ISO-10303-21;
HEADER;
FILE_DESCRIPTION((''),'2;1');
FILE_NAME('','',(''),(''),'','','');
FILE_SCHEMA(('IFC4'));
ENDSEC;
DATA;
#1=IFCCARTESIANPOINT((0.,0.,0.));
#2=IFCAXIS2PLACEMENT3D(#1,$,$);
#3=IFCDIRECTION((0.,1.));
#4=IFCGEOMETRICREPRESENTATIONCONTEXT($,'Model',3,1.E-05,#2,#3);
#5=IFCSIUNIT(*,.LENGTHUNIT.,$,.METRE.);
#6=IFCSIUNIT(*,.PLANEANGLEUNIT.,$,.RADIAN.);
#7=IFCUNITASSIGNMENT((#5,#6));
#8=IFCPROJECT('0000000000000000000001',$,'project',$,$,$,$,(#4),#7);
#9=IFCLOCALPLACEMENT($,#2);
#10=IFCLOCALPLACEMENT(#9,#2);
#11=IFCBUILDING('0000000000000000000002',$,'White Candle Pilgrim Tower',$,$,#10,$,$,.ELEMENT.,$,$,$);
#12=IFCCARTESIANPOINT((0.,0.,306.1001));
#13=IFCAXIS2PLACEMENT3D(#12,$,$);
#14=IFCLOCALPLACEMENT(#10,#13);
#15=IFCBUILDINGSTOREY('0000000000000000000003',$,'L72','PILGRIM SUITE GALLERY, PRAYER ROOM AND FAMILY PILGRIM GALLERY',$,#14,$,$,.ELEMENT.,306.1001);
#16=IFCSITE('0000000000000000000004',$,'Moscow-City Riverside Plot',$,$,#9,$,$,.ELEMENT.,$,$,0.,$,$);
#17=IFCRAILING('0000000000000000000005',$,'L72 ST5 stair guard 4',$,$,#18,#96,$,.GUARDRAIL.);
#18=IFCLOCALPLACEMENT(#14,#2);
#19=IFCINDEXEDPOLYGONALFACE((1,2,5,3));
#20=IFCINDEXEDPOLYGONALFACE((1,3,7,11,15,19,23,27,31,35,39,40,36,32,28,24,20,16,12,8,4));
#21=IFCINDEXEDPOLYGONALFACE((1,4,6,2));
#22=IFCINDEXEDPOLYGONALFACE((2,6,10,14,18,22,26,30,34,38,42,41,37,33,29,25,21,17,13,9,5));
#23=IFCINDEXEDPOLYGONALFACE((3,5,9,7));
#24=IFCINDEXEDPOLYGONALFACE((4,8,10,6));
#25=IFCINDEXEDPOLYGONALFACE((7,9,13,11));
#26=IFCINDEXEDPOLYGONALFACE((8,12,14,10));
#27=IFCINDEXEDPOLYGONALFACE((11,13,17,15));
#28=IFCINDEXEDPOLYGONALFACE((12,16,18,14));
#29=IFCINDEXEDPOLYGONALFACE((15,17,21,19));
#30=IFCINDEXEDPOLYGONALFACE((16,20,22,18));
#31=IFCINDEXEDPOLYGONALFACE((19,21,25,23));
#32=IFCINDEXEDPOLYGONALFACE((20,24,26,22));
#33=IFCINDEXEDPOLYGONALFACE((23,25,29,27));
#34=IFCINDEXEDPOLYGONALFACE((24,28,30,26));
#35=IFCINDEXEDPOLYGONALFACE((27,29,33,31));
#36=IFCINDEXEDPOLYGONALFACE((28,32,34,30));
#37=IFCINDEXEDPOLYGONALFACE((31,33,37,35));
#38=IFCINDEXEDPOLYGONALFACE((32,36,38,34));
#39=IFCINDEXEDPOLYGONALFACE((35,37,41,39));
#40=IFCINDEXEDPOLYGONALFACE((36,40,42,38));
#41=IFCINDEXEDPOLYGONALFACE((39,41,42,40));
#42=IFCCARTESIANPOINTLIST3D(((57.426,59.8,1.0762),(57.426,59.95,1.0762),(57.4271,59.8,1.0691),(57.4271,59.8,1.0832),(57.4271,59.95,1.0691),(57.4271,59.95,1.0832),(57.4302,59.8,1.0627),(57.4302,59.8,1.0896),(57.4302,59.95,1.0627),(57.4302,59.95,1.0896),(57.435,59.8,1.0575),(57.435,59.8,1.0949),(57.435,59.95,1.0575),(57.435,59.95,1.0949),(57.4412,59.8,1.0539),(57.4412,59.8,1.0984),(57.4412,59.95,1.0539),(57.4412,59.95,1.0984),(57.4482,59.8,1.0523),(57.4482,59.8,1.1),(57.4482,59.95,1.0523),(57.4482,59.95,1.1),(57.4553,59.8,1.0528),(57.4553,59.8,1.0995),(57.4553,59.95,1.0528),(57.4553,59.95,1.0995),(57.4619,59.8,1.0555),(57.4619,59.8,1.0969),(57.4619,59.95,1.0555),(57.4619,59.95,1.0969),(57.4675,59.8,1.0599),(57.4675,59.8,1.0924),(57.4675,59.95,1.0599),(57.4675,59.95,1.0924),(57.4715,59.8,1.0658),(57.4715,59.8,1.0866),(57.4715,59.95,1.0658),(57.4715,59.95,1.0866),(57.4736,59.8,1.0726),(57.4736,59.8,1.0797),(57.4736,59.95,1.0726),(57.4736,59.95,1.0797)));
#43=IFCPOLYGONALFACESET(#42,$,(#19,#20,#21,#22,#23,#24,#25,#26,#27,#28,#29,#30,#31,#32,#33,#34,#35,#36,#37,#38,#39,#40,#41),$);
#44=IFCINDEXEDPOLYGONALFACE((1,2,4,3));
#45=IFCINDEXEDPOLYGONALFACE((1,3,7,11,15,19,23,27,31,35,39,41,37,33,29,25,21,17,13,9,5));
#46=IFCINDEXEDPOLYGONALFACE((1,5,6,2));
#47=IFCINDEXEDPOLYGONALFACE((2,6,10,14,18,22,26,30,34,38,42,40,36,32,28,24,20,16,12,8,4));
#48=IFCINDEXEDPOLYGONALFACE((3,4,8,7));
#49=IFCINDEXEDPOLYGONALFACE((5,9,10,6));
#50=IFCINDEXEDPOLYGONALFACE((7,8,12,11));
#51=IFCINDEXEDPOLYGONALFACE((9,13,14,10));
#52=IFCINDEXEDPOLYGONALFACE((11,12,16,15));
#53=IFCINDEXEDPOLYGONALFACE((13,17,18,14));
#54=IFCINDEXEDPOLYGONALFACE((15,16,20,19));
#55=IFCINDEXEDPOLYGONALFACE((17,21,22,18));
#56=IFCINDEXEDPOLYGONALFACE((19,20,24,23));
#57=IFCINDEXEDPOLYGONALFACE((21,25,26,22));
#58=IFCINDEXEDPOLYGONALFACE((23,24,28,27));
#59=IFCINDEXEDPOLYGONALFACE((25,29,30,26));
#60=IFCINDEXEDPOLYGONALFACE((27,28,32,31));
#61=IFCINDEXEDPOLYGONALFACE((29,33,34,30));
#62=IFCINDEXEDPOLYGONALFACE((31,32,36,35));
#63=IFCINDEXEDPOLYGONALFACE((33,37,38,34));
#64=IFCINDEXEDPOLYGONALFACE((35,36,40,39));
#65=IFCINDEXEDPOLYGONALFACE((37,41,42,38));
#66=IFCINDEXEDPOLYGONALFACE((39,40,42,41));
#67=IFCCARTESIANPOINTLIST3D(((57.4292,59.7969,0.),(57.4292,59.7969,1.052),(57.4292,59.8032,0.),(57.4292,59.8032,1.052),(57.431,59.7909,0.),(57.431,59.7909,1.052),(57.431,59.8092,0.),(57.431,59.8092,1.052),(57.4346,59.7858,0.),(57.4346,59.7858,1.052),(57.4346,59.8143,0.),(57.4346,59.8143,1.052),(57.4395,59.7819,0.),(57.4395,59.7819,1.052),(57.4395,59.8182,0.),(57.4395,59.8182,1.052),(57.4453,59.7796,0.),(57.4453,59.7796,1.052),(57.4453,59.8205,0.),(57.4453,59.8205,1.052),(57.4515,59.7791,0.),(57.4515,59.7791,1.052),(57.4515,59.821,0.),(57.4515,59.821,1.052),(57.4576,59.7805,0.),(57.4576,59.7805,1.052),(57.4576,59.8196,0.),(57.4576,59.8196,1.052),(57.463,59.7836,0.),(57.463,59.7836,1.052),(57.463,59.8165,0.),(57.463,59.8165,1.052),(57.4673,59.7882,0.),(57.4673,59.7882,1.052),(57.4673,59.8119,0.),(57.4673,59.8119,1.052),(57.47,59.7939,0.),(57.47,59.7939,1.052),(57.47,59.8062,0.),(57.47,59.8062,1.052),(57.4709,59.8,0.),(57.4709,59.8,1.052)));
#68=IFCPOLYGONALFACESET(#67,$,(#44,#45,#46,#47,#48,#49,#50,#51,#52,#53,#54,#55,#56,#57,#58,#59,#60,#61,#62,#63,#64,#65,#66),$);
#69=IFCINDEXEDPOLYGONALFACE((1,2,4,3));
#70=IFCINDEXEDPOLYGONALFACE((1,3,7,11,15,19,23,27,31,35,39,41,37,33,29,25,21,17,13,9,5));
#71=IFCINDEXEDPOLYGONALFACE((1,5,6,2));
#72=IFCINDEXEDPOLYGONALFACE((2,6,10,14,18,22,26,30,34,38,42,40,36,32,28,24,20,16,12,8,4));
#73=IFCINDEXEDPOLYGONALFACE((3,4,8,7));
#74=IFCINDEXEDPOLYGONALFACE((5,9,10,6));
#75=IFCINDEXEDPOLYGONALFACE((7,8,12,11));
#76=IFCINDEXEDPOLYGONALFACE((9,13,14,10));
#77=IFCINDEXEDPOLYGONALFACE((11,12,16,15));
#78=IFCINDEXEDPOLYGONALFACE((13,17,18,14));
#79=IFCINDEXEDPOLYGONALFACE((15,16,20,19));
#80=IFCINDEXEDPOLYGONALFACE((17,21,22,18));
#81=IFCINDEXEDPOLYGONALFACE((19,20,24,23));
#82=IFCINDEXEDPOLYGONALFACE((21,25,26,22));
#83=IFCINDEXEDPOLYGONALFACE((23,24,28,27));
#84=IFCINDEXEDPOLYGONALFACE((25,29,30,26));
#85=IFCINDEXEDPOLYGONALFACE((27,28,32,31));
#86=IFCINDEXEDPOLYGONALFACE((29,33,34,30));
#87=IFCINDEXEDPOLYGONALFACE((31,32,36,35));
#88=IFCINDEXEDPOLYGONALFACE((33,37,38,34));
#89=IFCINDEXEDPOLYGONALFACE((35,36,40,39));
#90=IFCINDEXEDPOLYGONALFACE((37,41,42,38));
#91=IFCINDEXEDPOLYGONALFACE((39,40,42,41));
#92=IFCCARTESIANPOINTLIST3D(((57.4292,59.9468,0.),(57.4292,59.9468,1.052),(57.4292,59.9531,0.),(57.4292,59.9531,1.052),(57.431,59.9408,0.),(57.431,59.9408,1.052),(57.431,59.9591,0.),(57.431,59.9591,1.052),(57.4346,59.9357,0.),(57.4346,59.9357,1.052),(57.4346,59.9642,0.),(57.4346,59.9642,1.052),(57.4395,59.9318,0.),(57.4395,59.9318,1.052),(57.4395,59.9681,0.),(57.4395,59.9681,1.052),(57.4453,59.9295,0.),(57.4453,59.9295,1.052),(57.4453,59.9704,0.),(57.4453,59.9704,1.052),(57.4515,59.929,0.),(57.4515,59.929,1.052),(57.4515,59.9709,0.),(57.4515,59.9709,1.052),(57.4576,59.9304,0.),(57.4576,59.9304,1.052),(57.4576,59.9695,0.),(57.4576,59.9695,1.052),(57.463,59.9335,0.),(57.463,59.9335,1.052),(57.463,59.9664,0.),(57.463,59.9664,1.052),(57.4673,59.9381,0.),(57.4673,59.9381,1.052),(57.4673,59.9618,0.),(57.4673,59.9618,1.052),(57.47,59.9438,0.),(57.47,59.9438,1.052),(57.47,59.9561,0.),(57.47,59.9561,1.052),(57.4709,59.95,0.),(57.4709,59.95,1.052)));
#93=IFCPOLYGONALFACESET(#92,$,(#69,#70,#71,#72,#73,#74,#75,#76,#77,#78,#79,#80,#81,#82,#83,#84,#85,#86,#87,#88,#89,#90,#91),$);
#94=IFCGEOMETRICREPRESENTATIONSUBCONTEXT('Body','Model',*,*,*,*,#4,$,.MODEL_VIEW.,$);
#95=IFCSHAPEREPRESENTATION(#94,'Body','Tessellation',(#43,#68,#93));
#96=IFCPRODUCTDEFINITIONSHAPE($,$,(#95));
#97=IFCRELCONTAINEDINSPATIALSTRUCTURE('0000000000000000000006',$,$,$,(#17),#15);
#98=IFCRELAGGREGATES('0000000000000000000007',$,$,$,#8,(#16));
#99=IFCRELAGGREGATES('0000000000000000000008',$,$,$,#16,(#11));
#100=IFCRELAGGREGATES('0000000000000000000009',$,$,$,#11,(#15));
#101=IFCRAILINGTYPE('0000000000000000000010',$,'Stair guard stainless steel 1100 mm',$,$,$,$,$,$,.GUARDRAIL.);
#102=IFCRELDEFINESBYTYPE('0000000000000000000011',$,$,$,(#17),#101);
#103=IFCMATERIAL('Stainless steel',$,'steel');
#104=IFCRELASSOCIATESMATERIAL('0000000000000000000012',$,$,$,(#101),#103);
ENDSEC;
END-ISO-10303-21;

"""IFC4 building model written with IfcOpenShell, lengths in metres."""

from ifc_helpers import new_model, si_unit, direction, frame, origin, origin_2d, place, context, subcontext, project, spatial, circle, extrude, material, type_object, element, save


model = new_model("IFC4")

# Units and contexts
model_context = context("Model", 3, precision=1e-05, world=origin(), true_north=direction((0.0, 1.0)))
body_context = subcontext(model_context, "Body", "Model", "MODEL_VIEW")
ifc_project = project(units=[si_unit("LENGTHUNIT", "METRE"), si_unit("PLANEANGLEUNIT", "RADIAN")], contexts=[model_context])

# Site, building, storey
site_placement = place(None, origin())
site = spatial("IfcSite", under=ifc_project, at=site_placement, Name="Moscow-City Riverside Plot", CompositionType="ELEMENT", RefElevation=0.0)
building_placement = place(site_placement, origin())
building = spatial("IfcBuilding", under=site, at=building_placement, Name="White Candle Pilgrim Tower", CompositionType="ELEMENT")
storey_placement = place(building_placement, frame((0.0, 0.0, 306.1001)))
storey = spatial("IfcBuildingStorey", under=building, at=storey_placement, Name="L72", Description="PILGRIM SUITE GALLERY, PRAYER ROOM AND FAMILY PILGRIM GALLERY", CompositionType="ELEMENT", Elevation=306.1001)

# Railing
ifc_material_1 = material(Name="Stainless steel", Category="steel")
railing_type_1 = type_object("IfcRailingType", Name="Stair guard stainless steel 1100 mm", PredefinedType="GUARDRAIL", material=ifc_material_1)
railing_1_placement = place(storey_placement, frame((57.45, 59.8, 0.0)))
element("IfcRailing", 1, at=railing_1_placement, inside=storey, type_object=railing_type_1, Name="L72 ST5 stair guard 4", PredefinedType="GUARDRAIL", context=body_context, shape_type="SweptSolid", body=[
    extrude(circle(Radius=0.0239, at=origin_2d()), frame((0.0, 0.0, 1.0762), z_axis=(0.0, 1.0, 0.0), x_axis=(-1.0, 0.0, 0.0)), (0.0, 0.0, 1.0), 0.1499),
    extrude(circle(Radius=0.021, at=origin_2d()), origin(), (0.0, 0.0, 1.0), 1.052),
    extrude(circle(Radius=0.021, at=origin_2d()), frame((0.0, 0.1499, 0.0)), (0.0, 0.0, 1.0), 1.052),
])

save(model, "model.ifc")
